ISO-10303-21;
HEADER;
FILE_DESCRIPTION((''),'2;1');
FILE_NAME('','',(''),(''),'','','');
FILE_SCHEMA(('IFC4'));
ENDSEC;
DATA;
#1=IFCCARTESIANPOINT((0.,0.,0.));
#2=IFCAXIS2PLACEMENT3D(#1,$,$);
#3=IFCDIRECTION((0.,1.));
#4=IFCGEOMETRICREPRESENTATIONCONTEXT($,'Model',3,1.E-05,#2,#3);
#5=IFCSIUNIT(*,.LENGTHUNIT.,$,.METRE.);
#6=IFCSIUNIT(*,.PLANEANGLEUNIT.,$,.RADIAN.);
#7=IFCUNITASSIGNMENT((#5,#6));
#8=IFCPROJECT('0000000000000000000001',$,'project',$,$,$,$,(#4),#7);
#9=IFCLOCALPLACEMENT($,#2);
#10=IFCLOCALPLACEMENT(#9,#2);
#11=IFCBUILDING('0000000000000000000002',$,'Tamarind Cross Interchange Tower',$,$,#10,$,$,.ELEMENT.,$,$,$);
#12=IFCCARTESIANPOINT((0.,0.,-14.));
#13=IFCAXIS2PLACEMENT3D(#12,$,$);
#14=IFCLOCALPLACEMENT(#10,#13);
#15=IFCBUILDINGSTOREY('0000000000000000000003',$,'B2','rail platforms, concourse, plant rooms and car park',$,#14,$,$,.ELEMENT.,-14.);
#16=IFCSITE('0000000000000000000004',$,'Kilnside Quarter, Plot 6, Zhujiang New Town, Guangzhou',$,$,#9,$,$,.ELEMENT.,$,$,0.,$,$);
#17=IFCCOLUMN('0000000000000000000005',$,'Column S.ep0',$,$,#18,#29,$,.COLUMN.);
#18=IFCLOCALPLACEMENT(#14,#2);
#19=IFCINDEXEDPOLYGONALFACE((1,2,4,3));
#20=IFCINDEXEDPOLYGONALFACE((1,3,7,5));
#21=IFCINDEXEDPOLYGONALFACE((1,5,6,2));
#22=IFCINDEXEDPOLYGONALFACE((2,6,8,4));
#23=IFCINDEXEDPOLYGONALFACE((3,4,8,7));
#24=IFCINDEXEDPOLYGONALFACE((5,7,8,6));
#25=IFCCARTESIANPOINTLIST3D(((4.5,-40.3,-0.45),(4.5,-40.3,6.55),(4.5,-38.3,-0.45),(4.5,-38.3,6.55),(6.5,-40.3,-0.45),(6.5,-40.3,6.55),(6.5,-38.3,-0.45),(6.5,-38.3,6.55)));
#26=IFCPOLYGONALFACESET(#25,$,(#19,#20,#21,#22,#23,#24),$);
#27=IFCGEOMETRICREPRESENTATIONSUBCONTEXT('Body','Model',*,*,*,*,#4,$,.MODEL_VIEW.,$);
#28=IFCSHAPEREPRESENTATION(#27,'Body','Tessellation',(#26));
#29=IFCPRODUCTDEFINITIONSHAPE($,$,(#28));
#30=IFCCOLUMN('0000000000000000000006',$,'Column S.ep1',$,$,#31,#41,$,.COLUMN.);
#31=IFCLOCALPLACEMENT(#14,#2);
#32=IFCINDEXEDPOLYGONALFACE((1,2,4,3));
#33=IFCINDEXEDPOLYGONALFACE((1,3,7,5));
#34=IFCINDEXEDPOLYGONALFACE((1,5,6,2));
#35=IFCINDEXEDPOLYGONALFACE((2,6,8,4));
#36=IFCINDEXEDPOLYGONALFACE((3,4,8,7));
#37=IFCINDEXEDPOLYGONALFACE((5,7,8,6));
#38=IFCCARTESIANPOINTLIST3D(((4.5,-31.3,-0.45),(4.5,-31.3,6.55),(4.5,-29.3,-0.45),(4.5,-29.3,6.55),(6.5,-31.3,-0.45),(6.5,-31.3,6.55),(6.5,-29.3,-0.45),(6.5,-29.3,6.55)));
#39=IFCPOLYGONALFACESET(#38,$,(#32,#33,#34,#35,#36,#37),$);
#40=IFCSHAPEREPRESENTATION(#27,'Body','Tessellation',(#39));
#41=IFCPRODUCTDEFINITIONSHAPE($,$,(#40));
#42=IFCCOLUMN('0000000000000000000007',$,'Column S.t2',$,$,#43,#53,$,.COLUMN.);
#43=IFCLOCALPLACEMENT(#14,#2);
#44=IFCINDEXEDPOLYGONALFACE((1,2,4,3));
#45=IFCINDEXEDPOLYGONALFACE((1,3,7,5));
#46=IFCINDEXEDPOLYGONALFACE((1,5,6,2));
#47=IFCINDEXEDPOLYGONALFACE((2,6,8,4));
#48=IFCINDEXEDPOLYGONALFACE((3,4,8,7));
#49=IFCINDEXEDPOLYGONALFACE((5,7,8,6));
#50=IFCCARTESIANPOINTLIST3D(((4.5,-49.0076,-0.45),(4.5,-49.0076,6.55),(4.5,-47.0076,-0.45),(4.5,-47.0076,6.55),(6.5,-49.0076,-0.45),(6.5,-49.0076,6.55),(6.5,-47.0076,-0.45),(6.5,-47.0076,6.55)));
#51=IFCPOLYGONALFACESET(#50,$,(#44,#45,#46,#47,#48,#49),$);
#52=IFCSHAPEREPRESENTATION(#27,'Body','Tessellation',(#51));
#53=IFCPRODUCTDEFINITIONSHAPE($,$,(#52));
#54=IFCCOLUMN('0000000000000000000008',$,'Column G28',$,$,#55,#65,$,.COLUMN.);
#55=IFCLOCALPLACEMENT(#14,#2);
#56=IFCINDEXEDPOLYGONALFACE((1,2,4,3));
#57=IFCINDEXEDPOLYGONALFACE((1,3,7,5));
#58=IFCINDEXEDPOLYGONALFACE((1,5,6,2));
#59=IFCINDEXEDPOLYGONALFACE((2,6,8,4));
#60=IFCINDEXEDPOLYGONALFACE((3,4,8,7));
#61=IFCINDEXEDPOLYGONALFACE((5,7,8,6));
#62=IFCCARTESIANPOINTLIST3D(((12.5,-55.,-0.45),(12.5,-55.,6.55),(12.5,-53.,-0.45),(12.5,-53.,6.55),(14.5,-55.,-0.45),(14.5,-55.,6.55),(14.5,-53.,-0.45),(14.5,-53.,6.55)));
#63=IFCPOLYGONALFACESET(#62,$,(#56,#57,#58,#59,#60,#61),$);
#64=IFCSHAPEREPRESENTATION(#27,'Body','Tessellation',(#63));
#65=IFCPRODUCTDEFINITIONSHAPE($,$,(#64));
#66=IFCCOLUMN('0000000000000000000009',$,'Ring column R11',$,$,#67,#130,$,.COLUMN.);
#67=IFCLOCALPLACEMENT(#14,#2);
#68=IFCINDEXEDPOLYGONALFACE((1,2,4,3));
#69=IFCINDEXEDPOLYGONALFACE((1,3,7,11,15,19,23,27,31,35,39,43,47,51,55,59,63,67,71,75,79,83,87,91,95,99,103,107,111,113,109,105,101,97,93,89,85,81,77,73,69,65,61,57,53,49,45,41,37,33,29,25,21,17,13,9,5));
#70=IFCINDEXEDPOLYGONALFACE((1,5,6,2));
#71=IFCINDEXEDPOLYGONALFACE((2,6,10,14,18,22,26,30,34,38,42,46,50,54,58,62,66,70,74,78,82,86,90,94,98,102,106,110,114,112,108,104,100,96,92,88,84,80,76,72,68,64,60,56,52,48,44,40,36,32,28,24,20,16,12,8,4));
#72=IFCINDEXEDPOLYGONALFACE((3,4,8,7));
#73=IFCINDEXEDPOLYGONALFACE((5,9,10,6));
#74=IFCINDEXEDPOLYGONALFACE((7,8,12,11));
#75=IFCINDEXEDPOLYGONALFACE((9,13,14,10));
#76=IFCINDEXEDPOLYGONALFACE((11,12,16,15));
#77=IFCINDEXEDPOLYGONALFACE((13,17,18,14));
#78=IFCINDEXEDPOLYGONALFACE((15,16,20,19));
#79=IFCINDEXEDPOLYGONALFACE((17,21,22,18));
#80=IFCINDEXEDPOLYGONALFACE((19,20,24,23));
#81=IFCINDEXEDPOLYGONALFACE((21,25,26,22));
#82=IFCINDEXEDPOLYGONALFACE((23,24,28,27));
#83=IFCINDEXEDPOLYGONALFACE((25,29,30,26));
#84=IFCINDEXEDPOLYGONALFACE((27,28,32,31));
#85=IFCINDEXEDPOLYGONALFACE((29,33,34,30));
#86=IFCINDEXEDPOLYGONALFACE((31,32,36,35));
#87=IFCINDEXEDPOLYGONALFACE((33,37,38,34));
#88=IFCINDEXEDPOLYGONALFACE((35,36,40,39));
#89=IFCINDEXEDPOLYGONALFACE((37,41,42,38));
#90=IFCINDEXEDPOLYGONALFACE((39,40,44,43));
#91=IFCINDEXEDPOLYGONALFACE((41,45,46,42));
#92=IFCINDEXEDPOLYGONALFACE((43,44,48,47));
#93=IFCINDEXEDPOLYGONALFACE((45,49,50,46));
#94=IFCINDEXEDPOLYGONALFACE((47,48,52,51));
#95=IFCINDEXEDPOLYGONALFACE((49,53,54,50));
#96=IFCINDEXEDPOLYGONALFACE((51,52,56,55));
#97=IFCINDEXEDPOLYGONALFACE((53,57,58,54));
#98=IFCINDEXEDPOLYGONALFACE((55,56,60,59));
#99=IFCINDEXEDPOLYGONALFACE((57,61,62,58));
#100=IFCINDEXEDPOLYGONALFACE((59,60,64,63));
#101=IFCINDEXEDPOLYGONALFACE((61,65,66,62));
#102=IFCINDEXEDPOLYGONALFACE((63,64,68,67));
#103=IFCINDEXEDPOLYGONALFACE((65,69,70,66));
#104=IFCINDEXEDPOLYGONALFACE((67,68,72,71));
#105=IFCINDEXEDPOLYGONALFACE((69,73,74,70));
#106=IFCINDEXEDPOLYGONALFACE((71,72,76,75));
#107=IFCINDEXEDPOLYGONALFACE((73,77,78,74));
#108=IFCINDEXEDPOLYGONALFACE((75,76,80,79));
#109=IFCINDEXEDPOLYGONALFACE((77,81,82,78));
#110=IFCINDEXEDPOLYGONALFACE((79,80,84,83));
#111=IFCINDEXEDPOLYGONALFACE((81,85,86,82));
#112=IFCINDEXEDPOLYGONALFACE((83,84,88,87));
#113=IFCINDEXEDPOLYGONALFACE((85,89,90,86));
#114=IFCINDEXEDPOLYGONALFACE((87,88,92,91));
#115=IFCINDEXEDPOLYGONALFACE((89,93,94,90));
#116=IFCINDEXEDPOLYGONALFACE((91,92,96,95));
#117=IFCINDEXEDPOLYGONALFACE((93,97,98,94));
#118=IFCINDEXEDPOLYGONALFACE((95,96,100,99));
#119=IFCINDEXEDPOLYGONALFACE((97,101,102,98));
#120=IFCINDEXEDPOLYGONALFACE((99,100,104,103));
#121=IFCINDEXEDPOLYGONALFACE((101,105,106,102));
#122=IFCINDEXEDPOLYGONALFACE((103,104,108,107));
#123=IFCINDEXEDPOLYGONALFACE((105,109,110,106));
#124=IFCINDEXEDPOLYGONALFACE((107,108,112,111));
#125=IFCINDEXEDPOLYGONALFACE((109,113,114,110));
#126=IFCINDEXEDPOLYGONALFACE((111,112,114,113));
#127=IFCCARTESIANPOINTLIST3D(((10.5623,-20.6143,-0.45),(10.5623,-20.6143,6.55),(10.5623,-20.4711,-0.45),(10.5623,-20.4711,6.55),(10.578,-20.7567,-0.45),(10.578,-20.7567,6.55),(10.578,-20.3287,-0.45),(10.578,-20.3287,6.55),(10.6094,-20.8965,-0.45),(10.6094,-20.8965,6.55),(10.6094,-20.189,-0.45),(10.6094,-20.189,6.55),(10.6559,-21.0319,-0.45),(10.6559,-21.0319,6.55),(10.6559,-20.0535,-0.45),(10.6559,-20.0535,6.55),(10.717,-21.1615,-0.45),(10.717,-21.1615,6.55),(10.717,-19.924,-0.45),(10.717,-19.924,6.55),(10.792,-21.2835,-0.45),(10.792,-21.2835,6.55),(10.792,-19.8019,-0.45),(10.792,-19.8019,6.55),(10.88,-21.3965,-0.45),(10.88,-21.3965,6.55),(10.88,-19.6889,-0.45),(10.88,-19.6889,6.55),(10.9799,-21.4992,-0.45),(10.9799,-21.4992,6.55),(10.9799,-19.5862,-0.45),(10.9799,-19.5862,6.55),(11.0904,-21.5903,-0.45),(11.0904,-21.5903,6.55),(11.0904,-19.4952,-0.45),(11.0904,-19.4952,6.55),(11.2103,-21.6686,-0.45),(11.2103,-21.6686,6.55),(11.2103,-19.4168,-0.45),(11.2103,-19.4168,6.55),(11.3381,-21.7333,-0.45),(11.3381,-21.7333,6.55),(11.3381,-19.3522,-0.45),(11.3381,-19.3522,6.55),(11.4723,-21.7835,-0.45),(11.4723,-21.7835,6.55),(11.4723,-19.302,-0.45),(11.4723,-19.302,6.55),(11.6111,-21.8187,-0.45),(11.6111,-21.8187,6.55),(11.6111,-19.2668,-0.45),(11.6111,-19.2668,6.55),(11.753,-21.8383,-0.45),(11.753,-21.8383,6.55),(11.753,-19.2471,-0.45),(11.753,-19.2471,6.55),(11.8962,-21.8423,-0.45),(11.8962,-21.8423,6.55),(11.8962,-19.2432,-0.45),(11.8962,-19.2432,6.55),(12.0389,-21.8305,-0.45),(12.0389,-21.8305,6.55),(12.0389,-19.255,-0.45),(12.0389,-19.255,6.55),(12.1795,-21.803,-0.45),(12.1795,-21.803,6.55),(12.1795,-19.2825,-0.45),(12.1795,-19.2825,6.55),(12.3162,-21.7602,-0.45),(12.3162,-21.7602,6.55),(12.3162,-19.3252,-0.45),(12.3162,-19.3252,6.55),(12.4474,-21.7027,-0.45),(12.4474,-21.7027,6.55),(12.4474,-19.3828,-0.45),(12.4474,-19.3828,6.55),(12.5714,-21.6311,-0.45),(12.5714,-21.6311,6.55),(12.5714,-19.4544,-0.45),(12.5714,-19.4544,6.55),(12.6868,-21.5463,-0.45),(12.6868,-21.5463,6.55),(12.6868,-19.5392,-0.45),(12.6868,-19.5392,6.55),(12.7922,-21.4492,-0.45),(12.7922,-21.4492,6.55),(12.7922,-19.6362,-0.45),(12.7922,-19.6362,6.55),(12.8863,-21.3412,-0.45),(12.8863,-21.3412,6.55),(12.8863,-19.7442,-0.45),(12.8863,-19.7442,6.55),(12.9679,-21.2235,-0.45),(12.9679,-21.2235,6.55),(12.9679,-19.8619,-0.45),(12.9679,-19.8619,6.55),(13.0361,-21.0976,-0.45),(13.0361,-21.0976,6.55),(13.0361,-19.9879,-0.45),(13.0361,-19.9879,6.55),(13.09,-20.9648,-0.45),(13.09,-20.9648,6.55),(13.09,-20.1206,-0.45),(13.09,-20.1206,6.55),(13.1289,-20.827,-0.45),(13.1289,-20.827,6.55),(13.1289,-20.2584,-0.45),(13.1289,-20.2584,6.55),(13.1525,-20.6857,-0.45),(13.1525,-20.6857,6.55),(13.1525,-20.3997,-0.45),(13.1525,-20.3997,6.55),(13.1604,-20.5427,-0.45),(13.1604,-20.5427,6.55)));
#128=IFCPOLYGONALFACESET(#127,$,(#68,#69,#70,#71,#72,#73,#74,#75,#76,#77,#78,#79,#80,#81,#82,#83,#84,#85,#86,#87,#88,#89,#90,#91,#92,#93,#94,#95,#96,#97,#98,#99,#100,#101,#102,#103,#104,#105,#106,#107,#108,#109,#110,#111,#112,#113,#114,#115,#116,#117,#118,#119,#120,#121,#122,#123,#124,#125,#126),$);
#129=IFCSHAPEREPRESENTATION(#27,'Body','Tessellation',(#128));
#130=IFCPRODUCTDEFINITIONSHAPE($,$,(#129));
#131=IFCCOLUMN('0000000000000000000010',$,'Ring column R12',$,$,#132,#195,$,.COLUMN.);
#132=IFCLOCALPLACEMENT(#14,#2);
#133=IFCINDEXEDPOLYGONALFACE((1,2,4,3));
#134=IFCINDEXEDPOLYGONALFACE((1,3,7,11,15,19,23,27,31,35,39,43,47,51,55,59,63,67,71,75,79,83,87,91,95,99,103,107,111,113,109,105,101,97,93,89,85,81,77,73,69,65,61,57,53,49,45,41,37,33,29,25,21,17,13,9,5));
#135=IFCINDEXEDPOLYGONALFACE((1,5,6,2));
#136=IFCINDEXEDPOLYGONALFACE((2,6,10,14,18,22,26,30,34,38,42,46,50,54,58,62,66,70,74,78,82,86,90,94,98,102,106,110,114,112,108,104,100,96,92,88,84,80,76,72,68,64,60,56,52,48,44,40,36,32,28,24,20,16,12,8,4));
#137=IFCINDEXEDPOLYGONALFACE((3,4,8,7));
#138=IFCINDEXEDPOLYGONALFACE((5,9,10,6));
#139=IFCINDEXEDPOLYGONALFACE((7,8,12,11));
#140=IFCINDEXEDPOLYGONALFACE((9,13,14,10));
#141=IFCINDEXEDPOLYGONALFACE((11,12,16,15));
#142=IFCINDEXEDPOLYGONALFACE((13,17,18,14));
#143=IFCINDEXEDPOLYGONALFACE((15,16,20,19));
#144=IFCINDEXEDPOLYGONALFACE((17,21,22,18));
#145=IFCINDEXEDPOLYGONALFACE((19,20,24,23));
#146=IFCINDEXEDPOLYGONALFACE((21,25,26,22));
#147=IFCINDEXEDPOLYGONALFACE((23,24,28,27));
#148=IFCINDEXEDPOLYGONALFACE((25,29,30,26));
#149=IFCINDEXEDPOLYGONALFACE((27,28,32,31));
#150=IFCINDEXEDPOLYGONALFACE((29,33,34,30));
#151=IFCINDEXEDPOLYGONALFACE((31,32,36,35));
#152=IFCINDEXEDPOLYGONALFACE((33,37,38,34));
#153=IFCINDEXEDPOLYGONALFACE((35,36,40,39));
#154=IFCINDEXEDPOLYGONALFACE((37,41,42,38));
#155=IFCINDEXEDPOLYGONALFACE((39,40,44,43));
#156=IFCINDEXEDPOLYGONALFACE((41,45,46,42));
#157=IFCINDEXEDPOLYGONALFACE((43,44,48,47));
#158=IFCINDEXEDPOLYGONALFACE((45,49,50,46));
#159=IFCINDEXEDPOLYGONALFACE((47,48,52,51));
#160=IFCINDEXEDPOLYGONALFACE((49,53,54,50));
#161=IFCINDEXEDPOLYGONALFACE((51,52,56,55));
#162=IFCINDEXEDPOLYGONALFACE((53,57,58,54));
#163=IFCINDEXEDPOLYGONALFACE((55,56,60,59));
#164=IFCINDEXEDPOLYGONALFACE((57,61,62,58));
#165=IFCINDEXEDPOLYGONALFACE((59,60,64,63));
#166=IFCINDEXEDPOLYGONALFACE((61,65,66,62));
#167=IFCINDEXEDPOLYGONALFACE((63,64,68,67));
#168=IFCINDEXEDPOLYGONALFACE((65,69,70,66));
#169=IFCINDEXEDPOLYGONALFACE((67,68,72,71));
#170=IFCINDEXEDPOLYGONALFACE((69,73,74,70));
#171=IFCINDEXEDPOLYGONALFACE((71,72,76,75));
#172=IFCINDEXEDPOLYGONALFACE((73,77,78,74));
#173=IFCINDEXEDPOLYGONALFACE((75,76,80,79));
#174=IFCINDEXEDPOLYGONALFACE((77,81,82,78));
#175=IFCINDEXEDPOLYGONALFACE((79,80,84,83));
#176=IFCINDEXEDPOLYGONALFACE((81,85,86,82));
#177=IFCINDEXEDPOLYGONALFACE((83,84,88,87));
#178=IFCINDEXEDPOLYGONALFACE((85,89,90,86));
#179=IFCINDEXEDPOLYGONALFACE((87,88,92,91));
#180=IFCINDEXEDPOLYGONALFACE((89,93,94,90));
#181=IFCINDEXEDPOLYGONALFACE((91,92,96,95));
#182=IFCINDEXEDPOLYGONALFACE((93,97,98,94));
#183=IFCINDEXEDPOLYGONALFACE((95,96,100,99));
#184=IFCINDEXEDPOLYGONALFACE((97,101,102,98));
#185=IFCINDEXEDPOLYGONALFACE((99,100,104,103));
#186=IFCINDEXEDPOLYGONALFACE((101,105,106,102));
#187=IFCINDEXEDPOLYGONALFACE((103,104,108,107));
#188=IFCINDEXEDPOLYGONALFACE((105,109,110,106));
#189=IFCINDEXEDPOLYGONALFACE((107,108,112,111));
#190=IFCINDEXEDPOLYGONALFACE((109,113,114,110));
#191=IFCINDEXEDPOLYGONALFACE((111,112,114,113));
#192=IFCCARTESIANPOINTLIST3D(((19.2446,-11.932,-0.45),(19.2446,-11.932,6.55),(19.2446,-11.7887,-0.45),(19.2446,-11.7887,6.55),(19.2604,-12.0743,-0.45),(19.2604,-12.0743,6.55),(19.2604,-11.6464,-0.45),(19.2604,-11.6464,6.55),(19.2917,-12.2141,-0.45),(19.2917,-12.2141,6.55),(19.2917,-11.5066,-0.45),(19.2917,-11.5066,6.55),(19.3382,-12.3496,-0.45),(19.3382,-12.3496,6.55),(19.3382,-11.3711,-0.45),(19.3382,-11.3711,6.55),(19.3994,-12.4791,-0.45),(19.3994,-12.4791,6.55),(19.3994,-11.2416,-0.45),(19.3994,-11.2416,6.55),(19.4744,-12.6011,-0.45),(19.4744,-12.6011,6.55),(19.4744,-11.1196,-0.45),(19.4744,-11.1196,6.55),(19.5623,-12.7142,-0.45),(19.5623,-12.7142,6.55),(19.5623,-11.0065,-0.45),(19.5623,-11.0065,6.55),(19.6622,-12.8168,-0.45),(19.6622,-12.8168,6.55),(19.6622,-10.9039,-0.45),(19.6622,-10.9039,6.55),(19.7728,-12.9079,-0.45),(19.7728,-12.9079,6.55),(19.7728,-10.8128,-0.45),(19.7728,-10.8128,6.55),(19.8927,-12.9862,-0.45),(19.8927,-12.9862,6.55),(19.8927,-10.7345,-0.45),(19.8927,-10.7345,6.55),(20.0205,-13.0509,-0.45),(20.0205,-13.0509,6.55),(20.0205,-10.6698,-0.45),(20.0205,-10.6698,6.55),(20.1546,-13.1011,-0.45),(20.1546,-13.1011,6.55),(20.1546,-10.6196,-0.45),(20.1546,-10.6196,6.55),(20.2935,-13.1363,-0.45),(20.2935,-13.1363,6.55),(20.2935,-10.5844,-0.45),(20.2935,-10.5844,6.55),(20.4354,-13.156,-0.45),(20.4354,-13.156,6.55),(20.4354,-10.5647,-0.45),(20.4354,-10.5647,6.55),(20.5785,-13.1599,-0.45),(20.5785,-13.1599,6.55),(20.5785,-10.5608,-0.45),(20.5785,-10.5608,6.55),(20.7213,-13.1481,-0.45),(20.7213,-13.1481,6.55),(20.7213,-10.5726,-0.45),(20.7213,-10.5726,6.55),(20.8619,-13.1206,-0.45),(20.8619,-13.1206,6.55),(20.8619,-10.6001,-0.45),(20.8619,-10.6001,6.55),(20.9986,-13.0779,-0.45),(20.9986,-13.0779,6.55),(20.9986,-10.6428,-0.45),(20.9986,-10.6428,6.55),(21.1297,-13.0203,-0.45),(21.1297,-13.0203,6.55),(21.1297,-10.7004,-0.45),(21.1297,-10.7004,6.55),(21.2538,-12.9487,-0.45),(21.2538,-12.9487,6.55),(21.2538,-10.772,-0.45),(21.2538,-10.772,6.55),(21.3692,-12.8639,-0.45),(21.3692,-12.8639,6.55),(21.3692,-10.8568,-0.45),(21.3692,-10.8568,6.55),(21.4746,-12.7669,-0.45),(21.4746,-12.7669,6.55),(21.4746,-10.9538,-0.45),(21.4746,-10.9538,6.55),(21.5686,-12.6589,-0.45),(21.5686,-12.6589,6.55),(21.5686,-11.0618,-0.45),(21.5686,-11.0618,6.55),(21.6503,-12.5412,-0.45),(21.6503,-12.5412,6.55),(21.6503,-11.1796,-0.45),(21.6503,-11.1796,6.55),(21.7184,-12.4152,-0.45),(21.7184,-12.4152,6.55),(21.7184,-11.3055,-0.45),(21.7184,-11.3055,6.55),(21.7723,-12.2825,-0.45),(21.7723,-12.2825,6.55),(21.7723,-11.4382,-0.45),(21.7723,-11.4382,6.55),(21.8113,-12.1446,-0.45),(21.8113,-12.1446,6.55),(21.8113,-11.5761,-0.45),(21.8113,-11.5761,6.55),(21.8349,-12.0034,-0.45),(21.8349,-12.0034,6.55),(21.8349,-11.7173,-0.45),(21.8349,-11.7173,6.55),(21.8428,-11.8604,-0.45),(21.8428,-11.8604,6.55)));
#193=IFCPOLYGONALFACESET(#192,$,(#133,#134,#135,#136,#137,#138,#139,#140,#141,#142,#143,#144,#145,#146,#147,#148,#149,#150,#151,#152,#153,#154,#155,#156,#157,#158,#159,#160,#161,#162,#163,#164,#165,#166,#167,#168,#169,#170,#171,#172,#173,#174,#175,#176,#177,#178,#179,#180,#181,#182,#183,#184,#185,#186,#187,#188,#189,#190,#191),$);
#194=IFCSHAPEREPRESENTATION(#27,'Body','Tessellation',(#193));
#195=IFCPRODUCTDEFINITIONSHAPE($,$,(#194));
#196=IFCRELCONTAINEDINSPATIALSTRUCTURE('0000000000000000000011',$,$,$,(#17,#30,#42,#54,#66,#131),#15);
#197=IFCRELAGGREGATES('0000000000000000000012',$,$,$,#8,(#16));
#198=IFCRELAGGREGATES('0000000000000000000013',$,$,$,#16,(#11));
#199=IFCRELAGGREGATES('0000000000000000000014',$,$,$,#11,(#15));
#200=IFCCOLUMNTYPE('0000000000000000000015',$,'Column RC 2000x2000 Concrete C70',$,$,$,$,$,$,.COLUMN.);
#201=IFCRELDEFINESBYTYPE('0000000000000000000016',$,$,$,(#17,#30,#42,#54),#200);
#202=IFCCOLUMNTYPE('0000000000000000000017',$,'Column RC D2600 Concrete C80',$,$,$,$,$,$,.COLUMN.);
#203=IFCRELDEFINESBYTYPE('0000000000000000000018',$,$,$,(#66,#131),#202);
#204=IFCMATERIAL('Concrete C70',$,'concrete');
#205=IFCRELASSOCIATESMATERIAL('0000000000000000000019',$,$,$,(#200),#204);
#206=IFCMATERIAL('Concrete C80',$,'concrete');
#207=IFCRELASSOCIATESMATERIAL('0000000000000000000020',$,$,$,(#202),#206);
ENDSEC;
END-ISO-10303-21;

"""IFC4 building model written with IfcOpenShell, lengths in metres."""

from ifc_helpers import new_model, si_unit, direction, frame, origin, origin_2d, place, context, subcontext, project, spatial, rectangle, circle, extrude, material, material_profile, profile_set, type_object, element, save


model = new_model("IFC4")

# Units and contexts
model_context = context("Model", 3, precision=1e-05, world=origin(), true_north=direction((0.0, 1.0)))
body_context = subcontext(model_context, "Body", "Model", "MODEL_VIEW")
ifc_project = project(units=[si_unit("LENGTHUNIT", "METRE"), si_unit("PLANEANGLEUNIT", "RADIAN")], contexts=[model_context])

# Site, building, storey
site_placement = place(None, origin())
site = spatial("IfcSite", under=ifc_project, at=site_placement, Name="Kilnside Quarter, Plot 6, Zhujiang New Town, Guangzhou", CompositionType="ELEMENT", RefElevation=0.0)
building_placement = place(site_placement, origin())
building = spatial("IfcBuilding", under=site, at=building_placement, Name="Tamarind Cross Interchange Tower", CompositionType="ELEMENT")
storey_placement = place(building_placement, frame((0.0, 0.0, -14.0)))
storey = spatial("IfcBuildingStorey", under=building, at=storey_placement, Name="B2", Description="rail platforms, concourse, plant rooms and car park", CompositionType="ELEMENT", Elevation=-14.0)

# Columns
ifc_material_1 = material(Name="Concrete C70", Category="concrete")
ifc_material_profile_1 = material_profile(ifc_material_1, rectangle(XDim=2.0, YDim=2.0, at=origin_2d()), Name="RC 2000x2000")
ifc_profile_set_1 = profile_set([ifc_material_profile_1], Name="Concrete C70")
column_type_1 = type_object("IfcColumnType", Name="Column RC 2000x2000 Concrete C70", PredefinedType="COLUMN", material=ifc_profile_set_1)
for number, where, z_axis, x_axis, name in (
    (1, (5.5, -39.3, -0.45), (0.0, 0.0, 1.0), (1.0, 0.0, 0.0), "Column S.ep0"),
    (2, (5.5, -30.3, -0.45), (0.0, 0.0, 1.0), (1.0, 0.0, 0.0), "Column S.ep1"),
    (3, (5.5, -48.0076, -0.45), (0.0, 0.0, 1.0), (1.0, 0.0, 0.0), "Column S.t2"),
    (4, (13.5, -54.0, -0.45), (0.0, 0.0, 1.0), (1.0, 0.0, 0.0), "Column G28"),
):
    element("IfcColumn", number, at=place(storey_placement, frame(where, z_axis=z_axis, x_axis=x_axis)), inside=storey, type_object=column_type_1, Name=name, PredefinedType="COLUMN", context=body_context, shape_type="SweptSolid", body=[
        extrude(rectangle(XDim=2.0, YDim=2.0, at=origin_2d()), origin(), (0.0, 0.0, 1.0), 7.0),
    ])
ifc_material_2 = material(Name="Concrete C80", Category="concrete")
ifc_material_profile_2 = material_profile(ifc_material_2, circle(Radius=1.3, at=origin_2d()), Name="RC D2600")
ifc_profile_set_2 = profile_set([ifc_material_profile_2], Name="Concrete C80")
column_type_2 = type_object("IfcColumnType", Name="Column RC D2600 Concrete C80", PredefinedType="COLUMN", material=ifc_profile_set_2)
for number, where, z_axis, x_axis, name in (
    (5, (11.8604, -20.5427, -0.45), (0.0, 0.0, 1.0), (1.0, 0.0, 0.0), "Ring column R11"),
    (6, (20.5427, -11.8604, -0.45), (0.0, 0.0, 1.0), (1.0, 0.0, 0.0), "Ring column R12"),
):
    element("IfcColumn", number, at=place(storey_placement, frame(where, z_axis=z_axis, x_axis=x_axis)), inside=storey, type_object=column_type_2, Name=name, PredefinedType="COLUMN", context=body_context, shape_type="SweptSolid", body=[
        extrude(circle(Radius=1.3, at=origin_2d()), origin(), (0.0, 0.0, 1.0), 7.0),
    ])

save(model, "model.ifc")
